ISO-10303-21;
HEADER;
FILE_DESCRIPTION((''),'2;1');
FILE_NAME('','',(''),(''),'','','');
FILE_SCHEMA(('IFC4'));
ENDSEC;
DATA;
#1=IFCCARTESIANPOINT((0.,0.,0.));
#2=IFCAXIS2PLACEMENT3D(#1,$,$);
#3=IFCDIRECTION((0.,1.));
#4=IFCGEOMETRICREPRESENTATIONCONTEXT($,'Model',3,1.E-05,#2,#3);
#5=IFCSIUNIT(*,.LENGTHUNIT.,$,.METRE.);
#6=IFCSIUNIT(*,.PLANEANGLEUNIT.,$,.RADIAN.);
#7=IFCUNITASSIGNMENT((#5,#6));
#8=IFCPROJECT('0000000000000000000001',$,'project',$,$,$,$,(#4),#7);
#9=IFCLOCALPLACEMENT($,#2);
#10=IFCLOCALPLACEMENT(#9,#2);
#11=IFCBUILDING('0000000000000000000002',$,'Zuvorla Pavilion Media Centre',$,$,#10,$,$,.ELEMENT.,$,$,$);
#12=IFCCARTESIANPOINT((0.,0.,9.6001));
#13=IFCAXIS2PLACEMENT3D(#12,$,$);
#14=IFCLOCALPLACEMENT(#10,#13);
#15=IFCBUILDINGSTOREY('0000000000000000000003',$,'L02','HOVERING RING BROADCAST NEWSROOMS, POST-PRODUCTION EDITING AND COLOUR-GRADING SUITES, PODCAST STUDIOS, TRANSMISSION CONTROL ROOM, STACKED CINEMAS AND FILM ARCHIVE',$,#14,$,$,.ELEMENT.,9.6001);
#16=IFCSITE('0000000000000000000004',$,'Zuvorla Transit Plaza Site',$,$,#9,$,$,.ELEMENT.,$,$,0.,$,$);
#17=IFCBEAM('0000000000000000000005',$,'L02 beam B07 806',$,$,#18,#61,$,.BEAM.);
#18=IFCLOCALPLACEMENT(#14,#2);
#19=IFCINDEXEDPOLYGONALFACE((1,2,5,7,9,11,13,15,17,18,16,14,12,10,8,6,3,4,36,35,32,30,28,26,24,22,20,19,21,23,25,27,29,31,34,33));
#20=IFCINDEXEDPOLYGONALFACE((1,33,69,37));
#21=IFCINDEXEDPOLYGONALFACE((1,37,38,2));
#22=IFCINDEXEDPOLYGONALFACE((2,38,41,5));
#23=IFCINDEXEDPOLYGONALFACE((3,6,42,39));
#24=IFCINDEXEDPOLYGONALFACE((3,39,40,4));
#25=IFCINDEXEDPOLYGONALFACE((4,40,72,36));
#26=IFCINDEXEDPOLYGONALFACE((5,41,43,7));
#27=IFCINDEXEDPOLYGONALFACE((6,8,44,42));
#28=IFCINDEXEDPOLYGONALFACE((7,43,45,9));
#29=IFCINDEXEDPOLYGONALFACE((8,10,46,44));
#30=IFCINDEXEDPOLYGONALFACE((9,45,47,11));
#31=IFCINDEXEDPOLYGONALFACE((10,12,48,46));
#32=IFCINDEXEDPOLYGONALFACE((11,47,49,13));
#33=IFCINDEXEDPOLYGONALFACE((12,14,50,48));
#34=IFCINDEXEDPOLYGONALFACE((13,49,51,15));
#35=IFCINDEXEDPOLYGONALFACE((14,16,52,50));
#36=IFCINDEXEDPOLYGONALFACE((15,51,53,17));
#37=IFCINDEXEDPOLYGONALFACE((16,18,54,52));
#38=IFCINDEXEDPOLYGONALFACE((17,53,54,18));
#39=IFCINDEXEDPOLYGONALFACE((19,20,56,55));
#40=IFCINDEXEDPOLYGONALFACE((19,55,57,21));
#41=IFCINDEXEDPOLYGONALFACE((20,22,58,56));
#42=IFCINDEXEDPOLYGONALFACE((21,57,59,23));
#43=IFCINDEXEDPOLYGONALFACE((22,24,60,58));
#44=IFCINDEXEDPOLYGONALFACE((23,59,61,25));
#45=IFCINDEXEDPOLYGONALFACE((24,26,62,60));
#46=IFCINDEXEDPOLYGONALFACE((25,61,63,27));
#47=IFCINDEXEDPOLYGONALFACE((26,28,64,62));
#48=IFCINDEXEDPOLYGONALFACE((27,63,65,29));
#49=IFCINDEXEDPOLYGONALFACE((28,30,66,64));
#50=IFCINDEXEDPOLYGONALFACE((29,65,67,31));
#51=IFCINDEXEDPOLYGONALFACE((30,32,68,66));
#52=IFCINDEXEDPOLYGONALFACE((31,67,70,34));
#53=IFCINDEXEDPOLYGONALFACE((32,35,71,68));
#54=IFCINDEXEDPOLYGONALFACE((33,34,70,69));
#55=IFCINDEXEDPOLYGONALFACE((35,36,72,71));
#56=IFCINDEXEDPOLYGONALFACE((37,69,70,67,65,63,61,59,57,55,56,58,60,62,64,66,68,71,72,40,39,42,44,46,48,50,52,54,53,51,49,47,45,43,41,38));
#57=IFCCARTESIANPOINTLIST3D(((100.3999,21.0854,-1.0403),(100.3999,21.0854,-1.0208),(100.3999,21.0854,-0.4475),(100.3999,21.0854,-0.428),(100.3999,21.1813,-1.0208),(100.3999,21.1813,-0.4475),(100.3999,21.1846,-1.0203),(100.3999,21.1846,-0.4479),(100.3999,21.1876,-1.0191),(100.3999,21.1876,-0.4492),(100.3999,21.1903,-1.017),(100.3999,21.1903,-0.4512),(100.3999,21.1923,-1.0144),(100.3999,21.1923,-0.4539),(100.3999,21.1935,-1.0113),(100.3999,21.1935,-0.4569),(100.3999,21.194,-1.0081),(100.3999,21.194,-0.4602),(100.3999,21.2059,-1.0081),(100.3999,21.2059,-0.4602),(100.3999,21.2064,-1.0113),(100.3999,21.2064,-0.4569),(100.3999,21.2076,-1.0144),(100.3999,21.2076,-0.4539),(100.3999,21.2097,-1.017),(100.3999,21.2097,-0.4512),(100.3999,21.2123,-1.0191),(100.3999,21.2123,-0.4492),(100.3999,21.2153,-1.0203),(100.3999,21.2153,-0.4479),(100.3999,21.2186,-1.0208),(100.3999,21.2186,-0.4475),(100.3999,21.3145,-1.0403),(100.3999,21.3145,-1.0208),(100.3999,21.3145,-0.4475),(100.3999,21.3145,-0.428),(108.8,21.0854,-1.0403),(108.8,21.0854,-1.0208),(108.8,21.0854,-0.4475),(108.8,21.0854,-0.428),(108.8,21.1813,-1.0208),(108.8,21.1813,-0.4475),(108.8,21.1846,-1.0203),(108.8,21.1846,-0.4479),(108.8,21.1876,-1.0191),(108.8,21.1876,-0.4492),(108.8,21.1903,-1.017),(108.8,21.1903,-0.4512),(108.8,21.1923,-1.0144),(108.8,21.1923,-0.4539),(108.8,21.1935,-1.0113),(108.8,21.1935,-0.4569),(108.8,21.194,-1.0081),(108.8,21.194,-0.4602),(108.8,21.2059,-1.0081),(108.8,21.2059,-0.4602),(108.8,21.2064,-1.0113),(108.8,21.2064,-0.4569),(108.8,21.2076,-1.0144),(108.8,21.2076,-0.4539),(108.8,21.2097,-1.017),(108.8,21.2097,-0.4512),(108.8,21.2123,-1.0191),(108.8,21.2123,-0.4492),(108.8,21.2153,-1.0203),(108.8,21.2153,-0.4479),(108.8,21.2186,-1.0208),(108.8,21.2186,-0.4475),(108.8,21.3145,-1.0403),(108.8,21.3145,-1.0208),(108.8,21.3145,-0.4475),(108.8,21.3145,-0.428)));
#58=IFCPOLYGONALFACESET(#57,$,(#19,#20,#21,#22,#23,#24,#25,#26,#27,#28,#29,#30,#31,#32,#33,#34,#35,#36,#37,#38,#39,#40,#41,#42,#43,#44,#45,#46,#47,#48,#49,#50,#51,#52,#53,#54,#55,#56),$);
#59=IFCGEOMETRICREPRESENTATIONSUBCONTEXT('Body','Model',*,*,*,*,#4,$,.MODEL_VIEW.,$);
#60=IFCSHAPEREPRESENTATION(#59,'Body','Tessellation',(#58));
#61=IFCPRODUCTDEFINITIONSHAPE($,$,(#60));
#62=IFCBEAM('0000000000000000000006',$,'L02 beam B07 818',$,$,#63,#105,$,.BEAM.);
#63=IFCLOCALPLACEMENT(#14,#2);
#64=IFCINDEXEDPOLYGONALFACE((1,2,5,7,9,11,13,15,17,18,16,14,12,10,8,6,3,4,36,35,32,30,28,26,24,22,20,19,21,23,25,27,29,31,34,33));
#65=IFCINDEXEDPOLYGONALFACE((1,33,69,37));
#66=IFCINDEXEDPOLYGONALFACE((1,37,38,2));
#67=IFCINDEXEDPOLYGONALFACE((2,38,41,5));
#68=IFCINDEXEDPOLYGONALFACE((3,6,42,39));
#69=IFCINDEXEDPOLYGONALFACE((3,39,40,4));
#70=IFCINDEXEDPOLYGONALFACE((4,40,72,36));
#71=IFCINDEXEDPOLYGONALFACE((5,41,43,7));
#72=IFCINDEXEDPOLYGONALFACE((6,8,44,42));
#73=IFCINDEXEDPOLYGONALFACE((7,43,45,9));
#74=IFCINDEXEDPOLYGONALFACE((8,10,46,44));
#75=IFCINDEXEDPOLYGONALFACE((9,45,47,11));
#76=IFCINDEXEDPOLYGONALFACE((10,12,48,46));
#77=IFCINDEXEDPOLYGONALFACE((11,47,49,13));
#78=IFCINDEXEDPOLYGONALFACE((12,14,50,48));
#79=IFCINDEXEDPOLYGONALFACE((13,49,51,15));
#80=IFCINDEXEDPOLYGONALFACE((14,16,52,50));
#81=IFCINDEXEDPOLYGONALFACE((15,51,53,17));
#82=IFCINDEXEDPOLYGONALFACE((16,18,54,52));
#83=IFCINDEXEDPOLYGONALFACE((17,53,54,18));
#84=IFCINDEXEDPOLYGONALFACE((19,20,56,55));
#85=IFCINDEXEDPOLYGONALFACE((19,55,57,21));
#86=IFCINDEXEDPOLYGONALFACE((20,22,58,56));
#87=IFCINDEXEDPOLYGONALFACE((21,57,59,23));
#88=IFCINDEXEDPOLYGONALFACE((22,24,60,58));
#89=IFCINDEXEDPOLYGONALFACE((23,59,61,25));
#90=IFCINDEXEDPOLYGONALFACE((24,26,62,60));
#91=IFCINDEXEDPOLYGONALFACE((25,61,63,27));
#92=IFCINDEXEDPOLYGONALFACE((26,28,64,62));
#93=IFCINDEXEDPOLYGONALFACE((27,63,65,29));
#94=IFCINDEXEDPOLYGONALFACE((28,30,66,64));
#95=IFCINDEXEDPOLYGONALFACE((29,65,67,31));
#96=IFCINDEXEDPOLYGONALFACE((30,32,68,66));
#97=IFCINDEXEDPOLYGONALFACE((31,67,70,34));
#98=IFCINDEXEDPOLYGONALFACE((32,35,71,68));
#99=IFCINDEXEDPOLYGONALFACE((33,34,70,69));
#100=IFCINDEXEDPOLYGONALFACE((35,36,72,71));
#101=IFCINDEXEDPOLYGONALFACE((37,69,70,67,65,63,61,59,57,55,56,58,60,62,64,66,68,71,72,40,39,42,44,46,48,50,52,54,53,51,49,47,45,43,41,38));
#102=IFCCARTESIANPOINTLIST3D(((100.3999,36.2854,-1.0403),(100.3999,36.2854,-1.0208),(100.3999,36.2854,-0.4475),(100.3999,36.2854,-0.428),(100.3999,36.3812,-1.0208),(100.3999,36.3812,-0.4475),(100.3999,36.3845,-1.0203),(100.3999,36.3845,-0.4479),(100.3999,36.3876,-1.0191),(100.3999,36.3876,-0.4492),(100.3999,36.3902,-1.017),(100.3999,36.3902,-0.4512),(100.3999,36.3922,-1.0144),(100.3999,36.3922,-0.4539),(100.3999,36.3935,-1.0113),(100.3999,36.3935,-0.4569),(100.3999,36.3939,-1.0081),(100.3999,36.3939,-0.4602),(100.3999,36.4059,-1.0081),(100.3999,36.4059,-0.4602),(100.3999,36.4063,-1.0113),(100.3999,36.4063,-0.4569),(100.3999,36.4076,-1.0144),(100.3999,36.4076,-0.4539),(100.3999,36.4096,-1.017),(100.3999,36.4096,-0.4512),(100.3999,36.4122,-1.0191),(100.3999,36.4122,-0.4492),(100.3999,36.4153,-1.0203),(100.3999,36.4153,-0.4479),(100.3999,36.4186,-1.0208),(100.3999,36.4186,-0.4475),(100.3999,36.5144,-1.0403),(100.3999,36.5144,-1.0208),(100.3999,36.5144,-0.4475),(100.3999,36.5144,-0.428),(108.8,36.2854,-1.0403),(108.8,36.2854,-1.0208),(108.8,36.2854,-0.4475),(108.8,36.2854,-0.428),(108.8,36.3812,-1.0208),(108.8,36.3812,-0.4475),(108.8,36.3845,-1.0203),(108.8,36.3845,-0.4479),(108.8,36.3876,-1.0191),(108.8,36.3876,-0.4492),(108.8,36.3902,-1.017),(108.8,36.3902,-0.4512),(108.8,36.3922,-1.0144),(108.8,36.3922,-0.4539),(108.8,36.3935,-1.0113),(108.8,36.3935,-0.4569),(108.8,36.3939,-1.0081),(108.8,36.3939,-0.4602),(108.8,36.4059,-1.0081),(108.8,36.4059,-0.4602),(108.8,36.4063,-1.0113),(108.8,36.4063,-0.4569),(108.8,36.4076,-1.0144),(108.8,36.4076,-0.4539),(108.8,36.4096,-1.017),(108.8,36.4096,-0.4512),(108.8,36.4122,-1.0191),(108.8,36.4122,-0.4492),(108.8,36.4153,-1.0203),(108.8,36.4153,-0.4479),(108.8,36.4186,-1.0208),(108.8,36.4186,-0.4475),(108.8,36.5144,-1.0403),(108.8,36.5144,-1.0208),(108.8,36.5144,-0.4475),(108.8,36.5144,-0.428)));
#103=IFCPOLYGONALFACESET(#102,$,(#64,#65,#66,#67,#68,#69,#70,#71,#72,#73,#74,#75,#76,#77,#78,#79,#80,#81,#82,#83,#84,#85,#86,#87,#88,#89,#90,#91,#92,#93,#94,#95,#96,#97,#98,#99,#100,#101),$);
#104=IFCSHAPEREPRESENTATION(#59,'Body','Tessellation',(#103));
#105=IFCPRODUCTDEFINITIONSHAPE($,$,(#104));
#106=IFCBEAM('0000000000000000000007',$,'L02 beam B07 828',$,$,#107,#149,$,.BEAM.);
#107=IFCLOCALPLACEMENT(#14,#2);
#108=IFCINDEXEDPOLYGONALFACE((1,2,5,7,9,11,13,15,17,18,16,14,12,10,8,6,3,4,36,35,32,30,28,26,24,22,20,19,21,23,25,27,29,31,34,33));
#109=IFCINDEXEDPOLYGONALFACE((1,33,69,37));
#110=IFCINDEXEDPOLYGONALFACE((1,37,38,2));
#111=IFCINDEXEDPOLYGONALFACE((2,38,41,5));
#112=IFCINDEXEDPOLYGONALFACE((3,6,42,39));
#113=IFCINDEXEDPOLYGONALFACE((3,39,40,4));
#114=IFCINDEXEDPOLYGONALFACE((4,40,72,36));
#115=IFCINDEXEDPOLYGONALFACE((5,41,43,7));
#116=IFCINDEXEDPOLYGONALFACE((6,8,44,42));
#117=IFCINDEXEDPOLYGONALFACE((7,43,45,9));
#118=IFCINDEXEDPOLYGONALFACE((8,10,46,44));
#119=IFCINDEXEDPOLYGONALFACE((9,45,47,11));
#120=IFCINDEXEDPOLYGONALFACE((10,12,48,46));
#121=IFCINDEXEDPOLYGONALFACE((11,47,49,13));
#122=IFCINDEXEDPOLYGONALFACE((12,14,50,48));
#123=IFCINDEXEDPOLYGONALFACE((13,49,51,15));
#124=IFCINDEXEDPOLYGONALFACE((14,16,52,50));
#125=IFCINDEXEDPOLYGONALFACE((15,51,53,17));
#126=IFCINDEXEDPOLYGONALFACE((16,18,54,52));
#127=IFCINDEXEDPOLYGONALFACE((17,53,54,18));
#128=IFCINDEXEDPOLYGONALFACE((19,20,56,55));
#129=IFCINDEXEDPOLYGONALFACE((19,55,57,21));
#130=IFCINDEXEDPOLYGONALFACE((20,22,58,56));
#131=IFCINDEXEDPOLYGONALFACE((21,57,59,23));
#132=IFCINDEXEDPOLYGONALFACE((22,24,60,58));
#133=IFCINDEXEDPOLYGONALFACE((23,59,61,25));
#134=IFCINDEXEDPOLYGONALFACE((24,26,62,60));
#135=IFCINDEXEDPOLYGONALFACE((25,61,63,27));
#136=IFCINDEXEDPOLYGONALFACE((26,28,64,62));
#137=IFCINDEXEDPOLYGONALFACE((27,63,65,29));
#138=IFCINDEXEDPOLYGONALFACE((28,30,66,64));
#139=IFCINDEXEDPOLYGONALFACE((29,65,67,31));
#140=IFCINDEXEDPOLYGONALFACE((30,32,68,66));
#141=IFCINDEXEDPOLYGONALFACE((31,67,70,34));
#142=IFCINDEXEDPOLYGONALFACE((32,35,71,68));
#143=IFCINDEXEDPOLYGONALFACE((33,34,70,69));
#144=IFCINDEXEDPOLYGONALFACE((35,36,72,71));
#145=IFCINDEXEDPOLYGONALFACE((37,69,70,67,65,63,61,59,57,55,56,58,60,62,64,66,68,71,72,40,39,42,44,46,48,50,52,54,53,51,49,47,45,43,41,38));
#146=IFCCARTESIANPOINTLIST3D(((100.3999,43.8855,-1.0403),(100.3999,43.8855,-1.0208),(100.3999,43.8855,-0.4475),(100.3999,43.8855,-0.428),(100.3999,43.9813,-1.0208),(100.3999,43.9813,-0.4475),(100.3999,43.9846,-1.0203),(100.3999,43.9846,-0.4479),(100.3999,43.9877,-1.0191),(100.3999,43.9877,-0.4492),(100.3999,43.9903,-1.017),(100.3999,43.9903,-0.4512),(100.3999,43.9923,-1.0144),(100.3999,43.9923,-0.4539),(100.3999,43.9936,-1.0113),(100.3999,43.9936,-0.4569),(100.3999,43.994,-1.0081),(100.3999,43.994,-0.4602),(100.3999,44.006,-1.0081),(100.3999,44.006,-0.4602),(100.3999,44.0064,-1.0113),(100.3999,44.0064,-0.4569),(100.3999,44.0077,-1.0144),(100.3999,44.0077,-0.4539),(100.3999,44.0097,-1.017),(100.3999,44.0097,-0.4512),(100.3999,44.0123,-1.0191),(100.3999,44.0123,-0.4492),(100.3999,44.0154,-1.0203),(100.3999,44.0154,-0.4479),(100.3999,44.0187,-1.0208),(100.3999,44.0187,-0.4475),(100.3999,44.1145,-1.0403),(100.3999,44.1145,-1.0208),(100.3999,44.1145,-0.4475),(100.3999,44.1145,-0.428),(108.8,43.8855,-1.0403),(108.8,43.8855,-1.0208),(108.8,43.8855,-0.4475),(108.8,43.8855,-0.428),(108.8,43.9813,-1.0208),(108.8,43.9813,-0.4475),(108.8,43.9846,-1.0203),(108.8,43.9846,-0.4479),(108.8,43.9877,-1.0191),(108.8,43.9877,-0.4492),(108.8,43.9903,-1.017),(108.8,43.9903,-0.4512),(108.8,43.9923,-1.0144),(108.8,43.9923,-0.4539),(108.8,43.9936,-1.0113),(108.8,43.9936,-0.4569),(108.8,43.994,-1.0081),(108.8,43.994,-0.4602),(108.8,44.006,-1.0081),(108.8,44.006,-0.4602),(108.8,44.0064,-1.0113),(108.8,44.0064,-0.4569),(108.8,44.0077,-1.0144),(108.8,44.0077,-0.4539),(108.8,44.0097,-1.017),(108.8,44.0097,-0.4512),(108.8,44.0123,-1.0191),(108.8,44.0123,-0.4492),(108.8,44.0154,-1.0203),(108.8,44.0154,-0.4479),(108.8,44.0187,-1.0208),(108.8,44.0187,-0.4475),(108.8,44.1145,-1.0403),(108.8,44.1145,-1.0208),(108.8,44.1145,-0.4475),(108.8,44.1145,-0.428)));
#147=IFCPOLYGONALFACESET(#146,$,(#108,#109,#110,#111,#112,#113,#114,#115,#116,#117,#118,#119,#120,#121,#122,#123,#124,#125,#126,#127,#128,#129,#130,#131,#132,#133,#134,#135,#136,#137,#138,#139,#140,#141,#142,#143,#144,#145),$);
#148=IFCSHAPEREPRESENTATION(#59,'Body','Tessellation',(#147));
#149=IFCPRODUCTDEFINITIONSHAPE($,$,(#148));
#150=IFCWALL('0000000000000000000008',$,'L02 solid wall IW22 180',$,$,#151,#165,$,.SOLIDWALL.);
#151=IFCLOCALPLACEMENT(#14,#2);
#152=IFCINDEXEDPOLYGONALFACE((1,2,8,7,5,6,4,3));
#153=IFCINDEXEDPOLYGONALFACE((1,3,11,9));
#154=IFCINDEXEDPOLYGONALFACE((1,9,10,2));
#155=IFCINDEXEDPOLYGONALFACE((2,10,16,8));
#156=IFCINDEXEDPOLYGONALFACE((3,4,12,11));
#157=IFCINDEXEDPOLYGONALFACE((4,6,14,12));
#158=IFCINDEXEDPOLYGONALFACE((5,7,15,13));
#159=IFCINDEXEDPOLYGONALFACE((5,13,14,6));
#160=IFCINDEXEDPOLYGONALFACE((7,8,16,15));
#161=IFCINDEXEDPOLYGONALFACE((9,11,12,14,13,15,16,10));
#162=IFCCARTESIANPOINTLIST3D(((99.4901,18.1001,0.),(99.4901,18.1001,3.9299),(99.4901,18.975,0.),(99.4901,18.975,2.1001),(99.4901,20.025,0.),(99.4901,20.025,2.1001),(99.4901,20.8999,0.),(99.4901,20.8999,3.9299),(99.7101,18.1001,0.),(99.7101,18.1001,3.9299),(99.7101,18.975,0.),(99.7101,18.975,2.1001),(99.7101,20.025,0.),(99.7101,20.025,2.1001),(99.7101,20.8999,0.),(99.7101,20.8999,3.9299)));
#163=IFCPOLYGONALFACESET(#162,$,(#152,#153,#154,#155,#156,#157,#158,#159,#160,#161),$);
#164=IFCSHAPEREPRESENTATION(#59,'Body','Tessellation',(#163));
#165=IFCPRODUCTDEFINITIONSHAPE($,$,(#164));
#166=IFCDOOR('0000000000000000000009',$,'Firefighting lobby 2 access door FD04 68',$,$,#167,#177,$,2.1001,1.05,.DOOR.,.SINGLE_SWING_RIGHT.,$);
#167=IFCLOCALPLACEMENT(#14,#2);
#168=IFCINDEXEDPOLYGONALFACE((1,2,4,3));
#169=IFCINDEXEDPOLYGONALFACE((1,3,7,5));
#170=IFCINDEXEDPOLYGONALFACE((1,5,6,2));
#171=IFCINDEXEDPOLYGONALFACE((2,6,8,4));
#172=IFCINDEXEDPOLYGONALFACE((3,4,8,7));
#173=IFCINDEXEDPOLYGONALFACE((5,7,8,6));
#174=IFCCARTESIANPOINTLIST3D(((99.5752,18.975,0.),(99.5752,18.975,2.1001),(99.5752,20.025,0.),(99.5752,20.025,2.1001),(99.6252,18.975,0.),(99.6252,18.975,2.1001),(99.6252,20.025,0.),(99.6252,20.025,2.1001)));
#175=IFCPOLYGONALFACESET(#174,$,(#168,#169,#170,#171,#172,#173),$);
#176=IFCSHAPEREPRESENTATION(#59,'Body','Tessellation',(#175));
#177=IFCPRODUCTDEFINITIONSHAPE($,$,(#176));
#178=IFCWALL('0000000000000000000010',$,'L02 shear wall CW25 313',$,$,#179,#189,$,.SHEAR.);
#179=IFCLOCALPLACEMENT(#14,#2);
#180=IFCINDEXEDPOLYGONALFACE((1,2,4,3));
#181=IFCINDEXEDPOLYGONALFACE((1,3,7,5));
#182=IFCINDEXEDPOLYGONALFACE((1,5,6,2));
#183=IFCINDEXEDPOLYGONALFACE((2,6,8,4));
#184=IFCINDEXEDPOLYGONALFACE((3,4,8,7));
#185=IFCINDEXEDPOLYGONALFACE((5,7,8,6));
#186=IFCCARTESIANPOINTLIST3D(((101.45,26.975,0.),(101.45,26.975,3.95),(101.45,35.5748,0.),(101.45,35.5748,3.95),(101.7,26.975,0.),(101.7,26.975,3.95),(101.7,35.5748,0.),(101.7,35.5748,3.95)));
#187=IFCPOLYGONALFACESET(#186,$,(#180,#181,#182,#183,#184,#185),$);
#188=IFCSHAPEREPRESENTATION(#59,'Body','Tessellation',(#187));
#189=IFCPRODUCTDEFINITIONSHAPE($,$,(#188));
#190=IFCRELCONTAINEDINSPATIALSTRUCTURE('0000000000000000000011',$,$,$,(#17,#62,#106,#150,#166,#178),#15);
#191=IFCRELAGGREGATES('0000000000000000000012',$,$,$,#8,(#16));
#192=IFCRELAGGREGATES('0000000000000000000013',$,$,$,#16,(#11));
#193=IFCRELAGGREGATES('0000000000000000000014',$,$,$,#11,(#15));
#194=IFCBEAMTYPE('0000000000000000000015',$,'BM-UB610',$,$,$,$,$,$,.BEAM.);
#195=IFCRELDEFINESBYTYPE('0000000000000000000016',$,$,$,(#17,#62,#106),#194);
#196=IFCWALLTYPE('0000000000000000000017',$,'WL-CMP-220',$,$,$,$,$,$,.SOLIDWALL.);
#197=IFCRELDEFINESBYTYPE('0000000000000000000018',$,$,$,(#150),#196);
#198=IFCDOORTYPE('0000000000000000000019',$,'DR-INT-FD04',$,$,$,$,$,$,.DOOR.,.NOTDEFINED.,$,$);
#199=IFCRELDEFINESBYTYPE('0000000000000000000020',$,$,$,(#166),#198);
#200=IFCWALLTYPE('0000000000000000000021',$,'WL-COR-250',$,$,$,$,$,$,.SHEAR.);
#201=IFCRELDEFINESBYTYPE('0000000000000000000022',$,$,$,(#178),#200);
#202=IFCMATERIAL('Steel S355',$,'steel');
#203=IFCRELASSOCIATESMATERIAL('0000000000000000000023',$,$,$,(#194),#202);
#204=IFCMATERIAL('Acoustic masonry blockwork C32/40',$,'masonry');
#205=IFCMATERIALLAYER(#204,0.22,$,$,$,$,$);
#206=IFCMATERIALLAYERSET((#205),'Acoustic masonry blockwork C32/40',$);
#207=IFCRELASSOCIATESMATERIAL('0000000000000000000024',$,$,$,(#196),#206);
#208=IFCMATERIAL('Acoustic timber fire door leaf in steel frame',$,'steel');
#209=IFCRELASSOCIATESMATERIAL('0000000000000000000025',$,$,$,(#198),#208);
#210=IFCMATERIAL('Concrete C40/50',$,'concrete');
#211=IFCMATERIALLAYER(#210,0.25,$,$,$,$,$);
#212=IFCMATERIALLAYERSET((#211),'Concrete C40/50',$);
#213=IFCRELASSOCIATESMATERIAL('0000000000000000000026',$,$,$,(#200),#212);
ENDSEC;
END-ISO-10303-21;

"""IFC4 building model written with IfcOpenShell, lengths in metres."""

from ifc_helpers import new_model, si_unit, direction, frame, frame_2d, origin, origin_2d, place, context, subcontext, project, spatial, rectangle, i_section, extrude, material, layer, layer_set, material_profile, profile_set, type_object, element, fill, save


model = new_model("IFC4")

# Units and contexts
model_context = context("Model", 3, precision=1e-05, world=origin(), true_north=direction((0.0, 1.0)))
body_context = subcontext(model_context, "Body", "Model", "MODEL_VIEW")
ifc_project = project(units=[si_unit("LENGTHUNIT", "METRE"), si_unit("PLANEANGLEUNIT", "RADIAN")], contexts=[model_context])

# Site, building, storey
site_placement = place(None, origin())
site = spatial("IfcSite", under=ifc_project, at=site_placement, Name="Zuvorla Transit Plaza Site", CompositionType="ELEMENT", RefElevation=0.0)
building_placement = place(site_placement, origin())
building = spatial("IfcBuilding", under=site, at=building_placement, Name="Zuvorla Pavilion Media Centre", CompositionType="ELEMENT")
storey_placement = place(building_placement, frame((0.0, 0.0, 9.6001)))
storey = spatial("IfcBuildingStorey", under=building, at=storey_placement, Name="L02", Description="HOVERING RING BROADCAST NEWSROOMS, POST-PRODUCTION EDITING AND COLOUR-GRADING SUITES, PODCAST STUDIOS, TRANSMISSION CONTROL ROOM, STACKED CINEMAS AND FILM ARCHIVE", CompositionType="ELEMENT", Elevation=9.6001)

# Shared definitions
ifc_material_1 = material(Name="Concrete C40/50", Category="concrete")

# Beams
ifc_material_2 = material(Name="Steel S355", Category="steel")
ifc_material_profile_1 = material_profile(ifc_material_2, i_section(OverallWidth=0.229, OverallDepth=0.6123, WebThickness=0.012, FlangeThickness=0.0195, FilletRadius=0.0127, at=origin_2d()), Name="UB 610x229x125")
ifc_profile_set_1 = profile_set([ifc_material_profile_1], Name="Steel S355")
beam_type_1 = type_object("IfcBeamType", Name="BM-UB610", PredefinedType="BEAM", material=ifc_profile_set_1)
for number, where, z_axis, x_axis, name in (
    (1, (100.3999, 21.2, -0.7341), (1.0, 0.0, 0.0), (0.0, 1.0, 0.0), "L02 beam B07 806"),
    (2, (100.3999, 36.3999, -0.7341), (1.0, 0.0, 0.0), (0.0, 1.0, 0.0), "L02 beam B07 818"),
    (3, (100.3999, 44.0, -0.7341), (1.0, 0.0, 0.0), (0.0, 1.0, 0.0), "L02 beam B07 828"),
):
    element("IfcBeam", number, at=place(storey_placement, frame(where, z_axis=z_axis, x_axis=x_axis)), inside=storey, type_object=beam_type_1, Name=name, PredefinedType="BEAM", context=body_context, shape_type="SweptSolid", body=[
        extrude(i_section(OverallWidth=0.229, OverallDepth=0.6123, WebThickness=0.012, FlangeThickness=0.0195, FilletRadius=0.0127, at=origin_2d()), origin(), (0.0, 0.0, 1.0), 8.4001),
    ])

# Wall, opening, door
ifc_material_3 = material(Name="Acoustic masonry blockwork C32/40", Category="masonry")
ifc_layer_1 = layer(ifc_material_3, 0.22)
ifc_layer_set_1 = layer_set([ifc_layer_1], Name="Acoustic masonry blockwork C32/40")
wall_type_1 = type_object("IfcWallType", Name="WL-CMP-220", PredefinedType="SOLIDWALL", material=ifc_layer_set_1)
wall_1_placement = place(storey_placement, frame((99.6001, 18.1001, 0.0), z_axis=(0.0, 0.0, 1.0), x_axis=(0.0, 1.0, 0.0)))
wall_1 = element("IfcWall", 4, at=wall_1_placement, inside=storey, type_object=wall_type_1, Name="L02 solid wall IW22 180", PredefinedType="SOLIDWALL", context=body_context, shape_type="SweptSolid", body=[
    extrude(rectangle(XDim=2.7998, YDim=0.22, at=frame_2d((1.3999, 0.0))), origin(), (0.0, 0.0, 1.0), 3.9299),
])
opening_1_placement = place(wall_1_placement, frame((0.875, 0.0, 0.0)))
opening_1 = element("IfcOpeningElement", 5, at=opening_1_placement, cuts=wall_1, PredefinedType="OPENING", context=body_context, shape_type="SweptSolid", body=[
    extrude(rectangle(XDim=1.05, YDim=2.1001, at=frame_2d((0.5249, 1.05))), frame((0.0, 0.1199, 0.0), z_axis=(0.0, -1.0, 0.0), x_axis=(1.0, 0.0, 0.0)), (0.0, 0.0, 1.0), 0.24),
])
ifc_material_4 = material(Name="Acoustic timber fire door leaf in steel frame", Category="steel")
door_type_1 = type_object("IfcDoorType", Name="DR-INT-FD04", OperationType="NOTDEFINED", PredefinedType="DOOR", material=ifc_material_4)
door_1_placement = place(opening_1_placement, origin())
door_1 = element("IfcDoor", 6, at=door_1_placement, inside=storey, type_object=door_type_1, Name="Firefighting lobby 2 access door FD04 68", OperationType="SINGLE_SWING_RIGHT", OverallHeight=2.1001, OverallWidth=1.05, PredefinedType="DOOR", context=body_context, shape_type="SweptSolid", body=[
    extrude(rectangle(XDim=1.05, YDim=2.1001, at=frame_2d((0.5249, 1.05))), frame((0.0, 0.0249, 0.0), z_axis=(0.0, -1.0, 0.0), x_axis=(1.0, 0.0, 0.0)), (0.0, 0.0, 1.0), 0.05),
])
fill(opening_1, door_1)

# Wall
ifc_layer_2 = layer(ifc_material_1, 0.25)
ifc_layer_set_2 = layer_set([ifc_layer_2], Name="Concrete C40/50")
wall_type_2 = type_object("IfcWallType", Name="WL-COR-250", PredefinedType="SHEAR", material=ifc_layer_set_2)
wall_2_placement = place(storey_placement, frame((101.575, 26.9751, 0.0), z_axis=(0.0, 0.0, 1.0), x_axis=(0.0, 1.0, 0.0)))
element("IfcWall", 7, at=wall_2_placement, inside=storey, type_object=wall_type_2, Name="L02 shear wall CW25 313", PredefinedType="SHEAR", context=body_context, shape_type="SweptSolid", body=[
    extrude(rectangle(XDim=8.5999, YDim=0.25, at=frame_2d((4.2998, 0.0))), origin(), (0.0, 0.0, 1.0), 3.95),
])

save(model, "model.ifc")
